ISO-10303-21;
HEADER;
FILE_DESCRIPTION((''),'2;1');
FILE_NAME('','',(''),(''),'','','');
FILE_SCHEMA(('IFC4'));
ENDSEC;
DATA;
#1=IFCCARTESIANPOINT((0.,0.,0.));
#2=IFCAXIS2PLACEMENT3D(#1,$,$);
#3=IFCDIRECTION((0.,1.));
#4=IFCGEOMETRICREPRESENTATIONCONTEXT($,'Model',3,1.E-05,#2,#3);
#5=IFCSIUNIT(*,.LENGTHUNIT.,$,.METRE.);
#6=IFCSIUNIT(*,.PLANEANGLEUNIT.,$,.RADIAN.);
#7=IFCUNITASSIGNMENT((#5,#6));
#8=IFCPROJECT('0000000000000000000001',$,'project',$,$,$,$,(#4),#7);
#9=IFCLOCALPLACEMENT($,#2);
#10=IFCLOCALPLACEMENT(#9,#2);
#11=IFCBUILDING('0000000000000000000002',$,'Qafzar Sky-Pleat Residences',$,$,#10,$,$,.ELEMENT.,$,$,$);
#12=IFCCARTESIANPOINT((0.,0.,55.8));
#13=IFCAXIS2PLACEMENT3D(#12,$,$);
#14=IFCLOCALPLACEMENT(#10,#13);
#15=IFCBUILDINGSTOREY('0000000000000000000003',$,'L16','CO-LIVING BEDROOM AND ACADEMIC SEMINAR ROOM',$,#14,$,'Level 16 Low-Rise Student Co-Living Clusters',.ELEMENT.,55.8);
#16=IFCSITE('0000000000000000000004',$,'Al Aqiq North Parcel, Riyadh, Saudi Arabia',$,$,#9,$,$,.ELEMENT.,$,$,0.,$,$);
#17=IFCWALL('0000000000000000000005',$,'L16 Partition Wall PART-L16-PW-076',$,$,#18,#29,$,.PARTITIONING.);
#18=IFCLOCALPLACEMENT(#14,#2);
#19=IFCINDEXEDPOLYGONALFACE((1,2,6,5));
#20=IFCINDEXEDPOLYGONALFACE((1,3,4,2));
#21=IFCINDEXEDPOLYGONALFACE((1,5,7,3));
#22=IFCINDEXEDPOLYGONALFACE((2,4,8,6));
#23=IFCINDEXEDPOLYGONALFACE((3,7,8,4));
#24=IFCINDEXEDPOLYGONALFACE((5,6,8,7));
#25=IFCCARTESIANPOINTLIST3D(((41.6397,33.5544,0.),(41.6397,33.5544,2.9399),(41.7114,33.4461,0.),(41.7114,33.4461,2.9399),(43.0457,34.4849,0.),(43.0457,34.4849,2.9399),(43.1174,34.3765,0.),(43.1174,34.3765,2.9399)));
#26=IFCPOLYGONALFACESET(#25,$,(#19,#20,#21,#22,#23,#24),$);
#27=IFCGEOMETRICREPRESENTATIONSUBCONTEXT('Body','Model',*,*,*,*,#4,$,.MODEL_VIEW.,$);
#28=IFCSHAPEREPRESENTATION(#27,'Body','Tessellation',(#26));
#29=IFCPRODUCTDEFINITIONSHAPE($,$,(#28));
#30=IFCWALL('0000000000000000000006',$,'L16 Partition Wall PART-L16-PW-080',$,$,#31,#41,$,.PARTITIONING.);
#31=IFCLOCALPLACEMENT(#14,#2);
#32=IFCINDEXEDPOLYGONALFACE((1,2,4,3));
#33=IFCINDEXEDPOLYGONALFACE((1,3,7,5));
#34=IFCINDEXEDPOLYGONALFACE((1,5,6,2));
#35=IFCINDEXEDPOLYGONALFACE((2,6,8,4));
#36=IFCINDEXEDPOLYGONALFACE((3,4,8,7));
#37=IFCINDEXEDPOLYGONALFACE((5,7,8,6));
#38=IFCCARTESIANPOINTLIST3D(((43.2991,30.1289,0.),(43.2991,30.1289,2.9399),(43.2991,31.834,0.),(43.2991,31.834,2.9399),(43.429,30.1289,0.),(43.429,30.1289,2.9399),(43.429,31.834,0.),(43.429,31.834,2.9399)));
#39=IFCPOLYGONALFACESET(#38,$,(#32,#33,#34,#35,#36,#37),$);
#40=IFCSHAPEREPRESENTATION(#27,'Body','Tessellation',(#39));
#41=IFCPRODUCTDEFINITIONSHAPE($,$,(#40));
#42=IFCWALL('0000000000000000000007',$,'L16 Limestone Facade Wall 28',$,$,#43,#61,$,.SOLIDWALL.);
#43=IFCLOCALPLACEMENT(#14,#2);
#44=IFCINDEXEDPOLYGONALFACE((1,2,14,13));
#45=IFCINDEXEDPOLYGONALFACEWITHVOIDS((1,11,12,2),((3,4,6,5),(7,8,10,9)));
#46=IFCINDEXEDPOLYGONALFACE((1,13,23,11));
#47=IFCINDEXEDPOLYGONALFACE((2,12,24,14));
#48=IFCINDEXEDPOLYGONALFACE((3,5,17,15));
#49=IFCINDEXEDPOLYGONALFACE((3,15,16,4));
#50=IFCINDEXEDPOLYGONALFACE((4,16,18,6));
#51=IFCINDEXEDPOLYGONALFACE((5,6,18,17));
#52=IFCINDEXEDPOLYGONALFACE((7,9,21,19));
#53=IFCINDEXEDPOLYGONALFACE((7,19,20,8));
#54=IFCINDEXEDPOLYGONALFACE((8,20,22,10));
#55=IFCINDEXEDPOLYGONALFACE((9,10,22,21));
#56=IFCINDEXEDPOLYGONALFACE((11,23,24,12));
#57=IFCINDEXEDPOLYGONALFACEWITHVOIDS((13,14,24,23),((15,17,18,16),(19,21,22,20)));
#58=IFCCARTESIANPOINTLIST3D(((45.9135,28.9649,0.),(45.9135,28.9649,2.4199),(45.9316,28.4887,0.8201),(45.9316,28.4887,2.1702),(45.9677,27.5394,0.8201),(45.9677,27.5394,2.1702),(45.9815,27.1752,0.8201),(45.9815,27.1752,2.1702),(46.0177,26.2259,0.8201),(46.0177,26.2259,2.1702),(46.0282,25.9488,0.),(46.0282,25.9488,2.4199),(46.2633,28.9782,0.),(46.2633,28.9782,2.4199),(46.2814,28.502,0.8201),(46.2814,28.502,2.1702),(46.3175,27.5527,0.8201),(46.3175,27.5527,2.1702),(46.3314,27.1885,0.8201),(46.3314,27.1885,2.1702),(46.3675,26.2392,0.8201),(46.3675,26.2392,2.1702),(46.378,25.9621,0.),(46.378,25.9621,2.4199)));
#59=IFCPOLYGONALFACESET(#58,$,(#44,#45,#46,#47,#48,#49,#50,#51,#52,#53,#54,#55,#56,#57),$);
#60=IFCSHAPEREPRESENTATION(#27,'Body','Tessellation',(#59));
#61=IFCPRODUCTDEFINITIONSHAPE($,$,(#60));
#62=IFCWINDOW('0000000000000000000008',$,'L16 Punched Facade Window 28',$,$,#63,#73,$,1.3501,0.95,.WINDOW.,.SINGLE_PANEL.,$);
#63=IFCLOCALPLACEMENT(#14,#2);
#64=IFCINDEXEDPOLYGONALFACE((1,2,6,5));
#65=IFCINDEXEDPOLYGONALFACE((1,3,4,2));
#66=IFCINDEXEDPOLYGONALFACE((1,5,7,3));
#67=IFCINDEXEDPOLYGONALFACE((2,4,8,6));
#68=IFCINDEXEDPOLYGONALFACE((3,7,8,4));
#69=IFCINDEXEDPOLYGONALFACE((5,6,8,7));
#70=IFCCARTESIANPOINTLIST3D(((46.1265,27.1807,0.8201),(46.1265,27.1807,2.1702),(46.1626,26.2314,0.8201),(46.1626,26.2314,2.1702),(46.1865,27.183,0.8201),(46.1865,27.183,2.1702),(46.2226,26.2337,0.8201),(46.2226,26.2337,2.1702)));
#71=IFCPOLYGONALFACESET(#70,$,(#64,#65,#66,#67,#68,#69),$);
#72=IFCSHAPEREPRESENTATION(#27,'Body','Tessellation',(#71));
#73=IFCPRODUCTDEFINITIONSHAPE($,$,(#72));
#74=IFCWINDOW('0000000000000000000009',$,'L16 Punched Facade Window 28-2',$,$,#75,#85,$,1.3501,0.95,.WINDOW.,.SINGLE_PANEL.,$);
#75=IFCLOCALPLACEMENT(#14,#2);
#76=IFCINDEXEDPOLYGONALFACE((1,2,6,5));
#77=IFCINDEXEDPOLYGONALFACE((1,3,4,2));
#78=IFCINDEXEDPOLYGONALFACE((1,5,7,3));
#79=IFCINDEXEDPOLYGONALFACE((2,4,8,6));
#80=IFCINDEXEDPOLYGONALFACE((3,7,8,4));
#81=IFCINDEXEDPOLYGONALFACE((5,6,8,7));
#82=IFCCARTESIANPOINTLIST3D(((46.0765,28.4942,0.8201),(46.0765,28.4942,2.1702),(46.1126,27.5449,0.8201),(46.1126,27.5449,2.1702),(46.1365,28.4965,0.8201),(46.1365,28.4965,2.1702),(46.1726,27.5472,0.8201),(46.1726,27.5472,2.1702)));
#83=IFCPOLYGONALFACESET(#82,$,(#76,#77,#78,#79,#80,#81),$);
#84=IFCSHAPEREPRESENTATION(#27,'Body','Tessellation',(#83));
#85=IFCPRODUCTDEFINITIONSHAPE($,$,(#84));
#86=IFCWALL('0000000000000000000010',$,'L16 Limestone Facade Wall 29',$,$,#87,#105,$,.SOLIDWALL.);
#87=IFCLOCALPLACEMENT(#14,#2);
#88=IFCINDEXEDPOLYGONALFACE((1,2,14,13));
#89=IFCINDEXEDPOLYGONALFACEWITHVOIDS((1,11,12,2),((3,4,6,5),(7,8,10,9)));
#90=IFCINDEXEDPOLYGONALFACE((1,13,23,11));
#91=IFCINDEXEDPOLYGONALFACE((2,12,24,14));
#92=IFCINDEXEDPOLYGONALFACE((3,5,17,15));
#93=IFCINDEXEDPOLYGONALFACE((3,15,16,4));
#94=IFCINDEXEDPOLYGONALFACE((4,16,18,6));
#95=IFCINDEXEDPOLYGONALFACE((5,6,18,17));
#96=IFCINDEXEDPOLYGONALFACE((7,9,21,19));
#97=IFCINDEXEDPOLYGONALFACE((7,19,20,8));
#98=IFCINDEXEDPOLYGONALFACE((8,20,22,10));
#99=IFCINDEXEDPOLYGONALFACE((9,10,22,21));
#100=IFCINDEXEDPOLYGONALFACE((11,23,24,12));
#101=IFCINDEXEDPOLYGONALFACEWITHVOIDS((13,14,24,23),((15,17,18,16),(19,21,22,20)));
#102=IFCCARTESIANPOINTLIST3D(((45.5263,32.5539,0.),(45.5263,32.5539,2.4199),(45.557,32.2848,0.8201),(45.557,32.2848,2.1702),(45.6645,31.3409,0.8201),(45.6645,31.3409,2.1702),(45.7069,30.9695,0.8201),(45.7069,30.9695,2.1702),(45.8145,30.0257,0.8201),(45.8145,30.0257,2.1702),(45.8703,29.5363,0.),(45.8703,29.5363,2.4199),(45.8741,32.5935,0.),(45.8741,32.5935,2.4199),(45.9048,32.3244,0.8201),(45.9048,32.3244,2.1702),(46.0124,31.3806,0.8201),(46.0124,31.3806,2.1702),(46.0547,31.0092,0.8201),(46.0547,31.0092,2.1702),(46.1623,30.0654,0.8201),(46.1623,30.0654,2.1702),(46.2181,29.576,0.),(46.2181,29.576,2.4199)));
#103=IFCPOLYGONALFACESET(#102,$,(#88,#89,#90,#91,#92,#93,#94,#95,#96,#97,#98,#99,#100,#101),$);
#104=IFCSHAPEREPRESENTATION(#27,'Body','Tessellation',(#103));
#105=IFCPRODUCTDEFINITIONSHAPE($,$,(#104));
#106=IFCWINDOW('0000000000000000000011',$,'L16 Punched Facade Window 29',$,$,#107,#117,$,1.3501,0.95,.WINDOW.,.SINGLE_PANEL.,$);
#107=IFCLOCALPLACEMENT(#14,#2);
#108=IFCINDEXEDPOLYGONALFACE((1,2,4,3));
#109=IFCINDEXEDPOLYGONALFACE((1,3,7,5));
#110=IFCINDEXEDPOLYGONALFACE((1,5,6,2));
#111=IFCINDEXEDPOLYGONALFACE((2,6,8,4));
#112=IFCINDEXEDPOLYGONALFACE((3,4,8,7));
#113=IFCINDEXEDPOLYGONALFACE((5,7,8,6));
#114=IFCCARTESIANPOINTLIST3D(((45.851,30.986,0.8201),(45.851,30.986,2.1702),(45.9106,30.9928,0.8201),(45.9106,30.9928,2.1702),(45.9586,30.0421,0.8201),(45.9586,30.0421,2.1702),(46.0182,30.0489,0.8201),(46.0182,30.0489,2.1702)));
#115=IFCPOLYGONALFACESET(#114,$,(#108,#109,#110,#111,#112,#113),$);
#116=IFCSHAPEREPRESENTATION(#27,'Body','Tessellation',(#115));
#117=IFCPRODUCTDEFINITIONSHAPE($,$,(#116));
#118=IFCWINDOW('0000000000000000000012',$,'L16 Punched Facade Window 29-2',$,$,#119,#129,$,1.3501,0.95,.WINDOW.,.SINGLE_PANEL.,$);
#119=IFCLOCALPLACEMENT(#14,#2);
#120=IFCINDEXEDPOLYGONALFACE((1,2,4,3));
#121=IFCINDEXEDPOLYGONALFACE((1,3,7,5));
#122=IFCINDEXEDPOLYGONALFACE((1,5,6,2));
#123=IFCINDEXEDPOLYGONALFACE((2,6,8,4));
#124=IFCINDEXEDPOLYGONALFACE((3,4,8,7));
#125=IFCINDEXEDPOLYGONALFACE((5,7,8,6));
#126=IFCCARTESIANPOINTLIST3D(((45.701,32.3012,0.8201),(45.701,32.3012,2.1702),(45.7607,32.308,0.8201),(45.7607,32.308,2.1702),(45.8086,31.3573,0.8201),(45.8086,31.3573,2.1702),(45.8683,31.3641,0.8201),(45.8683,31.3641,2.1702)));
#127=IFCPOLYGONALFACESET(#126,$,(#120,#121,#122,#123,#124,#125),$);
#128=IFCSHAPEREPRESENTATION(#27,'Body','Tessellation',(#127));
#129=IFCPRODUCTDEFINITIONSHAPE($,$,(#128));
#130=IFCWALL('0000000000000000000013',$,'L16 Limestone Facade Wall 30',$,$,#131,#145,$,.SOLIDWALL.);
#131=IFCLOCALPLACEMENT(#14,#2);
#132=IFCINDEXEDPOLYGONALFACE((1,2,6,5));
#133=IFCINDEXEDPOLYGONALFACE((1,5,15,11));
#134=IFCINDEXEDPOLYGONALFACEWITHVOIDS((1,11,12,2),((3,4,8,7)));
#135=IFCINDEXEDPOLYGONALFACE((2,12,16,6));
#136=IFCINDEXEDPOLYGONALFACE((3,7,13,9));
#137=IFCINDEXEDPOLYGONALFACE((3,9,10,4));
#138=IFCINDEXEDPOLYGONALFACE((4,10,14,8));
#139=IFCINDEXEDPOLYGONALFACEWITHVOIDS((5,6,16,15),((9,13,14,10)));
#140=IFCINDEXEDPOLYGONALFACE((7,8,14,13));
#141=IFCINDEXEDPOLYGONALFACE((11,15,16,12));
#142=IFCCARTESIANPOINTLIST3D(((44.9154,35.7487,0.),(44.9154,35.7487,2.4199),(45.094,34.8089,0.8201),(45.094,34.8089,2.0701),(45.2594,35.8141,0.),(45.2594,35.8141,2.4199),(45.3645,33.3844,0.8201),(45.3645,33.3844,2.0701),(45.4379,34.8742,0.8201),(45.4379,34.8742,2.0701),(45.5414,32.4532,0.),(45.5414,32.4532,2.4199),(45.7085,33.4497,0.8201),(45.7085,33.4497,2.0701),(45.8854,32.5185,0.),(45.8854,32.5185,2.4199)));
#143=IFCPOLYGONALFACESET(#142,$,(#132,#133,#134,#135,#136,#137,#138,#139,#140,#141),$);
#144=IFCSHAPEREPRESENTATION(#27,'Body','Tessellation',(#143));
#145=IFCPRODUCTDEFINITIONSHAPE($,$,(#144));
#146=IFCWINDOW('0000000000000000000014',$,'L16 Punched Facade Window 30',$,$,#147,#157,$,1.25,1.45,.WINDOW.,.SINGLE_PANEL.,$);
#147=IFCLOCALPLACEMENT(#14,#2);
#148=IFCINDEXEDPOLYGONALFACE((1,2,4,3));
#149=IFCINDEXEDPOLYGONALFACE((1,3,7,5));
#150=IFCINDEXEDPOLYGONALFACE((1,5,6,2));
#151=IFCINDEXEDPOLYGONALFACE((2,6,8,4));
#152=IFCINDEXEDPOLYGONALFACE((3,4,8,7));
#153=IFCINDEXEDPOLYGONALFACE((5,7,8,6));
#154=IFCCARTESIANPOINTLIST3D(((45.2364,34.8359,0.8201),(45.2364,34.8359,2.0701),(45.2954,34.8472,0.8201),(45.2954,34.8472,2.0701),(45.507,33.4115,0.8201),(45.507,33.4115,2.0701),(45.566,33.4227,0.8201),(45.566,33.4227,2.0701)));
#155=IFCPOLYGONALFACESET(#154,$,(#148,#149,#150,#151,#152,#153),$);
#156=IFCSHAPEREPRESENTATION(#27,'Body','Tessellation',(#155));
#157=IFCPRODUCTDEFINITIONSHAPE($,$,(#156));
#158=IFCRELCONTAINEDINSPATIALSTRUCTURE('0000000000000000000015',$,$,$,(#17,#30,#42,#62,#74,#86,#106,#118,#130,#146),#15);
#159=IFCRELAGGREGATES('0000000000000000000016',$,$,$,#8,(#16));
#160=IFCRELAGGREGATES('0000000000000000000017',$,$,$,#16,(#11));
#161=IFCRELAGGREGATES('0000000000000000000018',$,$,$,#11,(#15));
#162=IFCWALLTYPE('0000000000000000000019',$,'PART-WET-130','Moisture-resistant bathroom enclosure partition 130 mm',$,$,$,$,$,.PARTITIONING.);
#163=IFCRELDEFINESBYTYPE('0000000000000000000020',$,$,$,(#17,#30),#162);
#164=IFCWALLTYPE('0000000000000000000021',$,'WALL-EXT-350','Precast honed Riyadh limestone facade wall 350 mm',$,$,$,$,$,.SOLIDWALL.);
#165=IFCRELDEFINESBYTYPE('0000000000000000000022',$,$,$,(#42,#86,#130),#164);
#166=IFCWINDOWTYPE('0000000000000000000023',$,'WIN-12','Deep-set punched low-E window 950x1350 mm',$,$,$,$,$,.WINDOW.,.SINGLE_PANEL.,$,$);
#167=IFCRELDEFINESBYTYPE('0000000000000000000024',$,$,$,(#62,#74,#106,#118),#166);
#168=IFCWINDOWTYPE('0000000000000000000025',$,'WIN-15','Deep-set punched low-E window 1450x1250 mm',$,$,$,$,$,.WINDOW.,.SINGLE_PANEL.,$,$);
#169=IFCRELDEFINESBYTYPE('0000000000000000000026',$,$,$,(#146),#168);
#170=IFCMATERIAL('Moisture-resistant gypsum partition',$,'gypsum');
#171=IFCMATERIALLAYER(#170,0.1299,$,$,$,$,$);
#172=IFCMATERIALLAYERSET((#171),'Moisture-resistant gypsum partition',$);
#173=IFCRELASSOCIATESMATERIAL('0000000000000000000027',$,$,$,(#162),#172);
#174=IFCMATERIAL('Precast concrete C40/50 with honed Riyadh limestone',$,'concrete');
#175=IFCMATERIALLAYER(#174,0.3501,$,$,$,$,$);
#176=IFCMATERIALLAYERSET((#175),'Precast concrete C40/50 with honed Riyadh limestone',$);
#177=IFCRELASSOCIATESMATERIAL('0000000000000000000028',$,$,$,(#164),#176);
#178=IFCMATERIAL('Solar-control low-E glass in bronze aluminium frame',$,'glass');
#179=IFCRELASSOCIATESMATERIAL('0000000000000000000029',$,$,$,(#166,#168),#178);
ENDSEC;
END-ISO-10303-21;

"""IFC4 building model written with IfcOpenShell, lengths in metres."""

from ifc_helpers import new_model, si_unit, direction, frame, frame_2d, origin, place, context, subcontext, project, spatial, rectangle, extrude, source, transform, mapped, material, layer, layer_set, type_object, element, fill, save


model = new_model("IFC4")

# Units and contexts
model_context = context("Model", 3, precision=1e-05, world=origin(), true_north=direction((0.0, 1.0)))
body_context = subcontext(model_context, "Body", "Model", "MODEL_VIEW")
ifc_project = project(units=[si_unit("LENGTHUNIT", "METRE"), si_unit("PLANEANGLEUNIT", "RADIAN")], contexts=[model_context])

# Site, building, storey
site_placement = place(None, origin())
site = spatial("IfcSite", under=ifc_project, at=site_placement, Name="Al Aqiq North Parcel, Riyadh, Saudi Arabia", CompositionType="ELEMENT", RefElevation=0.0)
building_placement = place(site_placement, origin())
building = spatial("IfcBuilding", under=site, at=building_placement, Name="Qafzar Sky-Pleat Residences", CompositionType="ELEMENT")
storey_placement = place(building_placement, frame((0.0, 0.0, 55.8)))
storey = spatial("IfcBuildingStorey", under=building, at=storey_placement, Name="L16", Description="CO-LIVING BEDROOM AND ACADEMIC SEMINAR ROOM", LongName="Level 16 Low-Rise Student Co-Living Clusters", CompositionType="ELEMENT", Elevation=55.8)

# Shared definitions
ifc_material_1 = material(Name="Moisture-resistant gypsum partition", Category="gypsum")
ifc_layer_1 = layer(ifc_material_1, 0.1299)
ifc_layer_set_1 = layer_set([ifc_layer_1], Name="Moisture-resistant gypsum partition")
wall_type_1 = type_object("IfcWallType", Name="PART-WET-130", Description="Moisture-resistant bathroom enclosure partition 130 mm", PredefinedType="PARTITIONING", material=ifc_layer_set_1)

# Walls
wall_1_placement = place(storey_placement, frame((41.6755, 33.5002, 0.0), z_axis=(0.0, 0.0, 1.0), x_axis=(0.833939, 0.551857, 0.0)))
element("IfcWall", 1, at=wall_1_placement, inside=storey, type_object=wall_type_1, Name="L16 Partition Wall PART-L16-PW-076", PredefinedType="PARTITIONING", context=body_context, shape_type="SweptSolid", body=[
    extrude(rectangle(XDim=1.686, YDim=0.1299, at=frame_2d((0.843, 0.0))), origin(), (0.0, 0.0, 1.0), 2.9399),
])
wall_2_placement = place(storey_placement, frame((43.364, 30.1289, 0.0), z_axis=(0.0, 0.0, 1.0), x_axis=(0.0, 1.0, 0.0)))
element("IfcWall", 2, at=wall_2_placement, inside=storey, type_object=wall_type_1, Name="L16 Partition Wall PART-L16-PW-080", PredefinedType="PARTITIONING", context=body_context, shape_type="SweptSolid", body=[
    extrude(rectangle(XDim=1.7051, YDim=0.1299, at=frame_2d((0.8525, 0.0))), origin(), (0.0, 0.0, 1.0), 2.9399),
])

# Walls, openings, windows
ifc_material_2 = material(Name="Precast concrete C40/50 with honed Riyadh limestone", Category="concrete")
ifc_layer_2 = layer(ifc_material_2, 0.3501)
ifc_layer_set_2 = layer_set([ifc_layer_2], Name="Precast concrete C40/50 with honed Riyadh limestone")
wall_type_2 = type_object("IfcWallType", Name="WALL-EXT-350", Description="Precast honed Riyadh limestone facade wall 350 mm", PredefinedType="SOLIDWALL", material=ifc_layer_set_2)
wall_3_placement = place(storey_placement, frame((46.2031, 25.9553, 0.0), z_axis=(0.0, 0.0, 1.0), x_axis=(-0.038017, 0.999277, 0.0)))
wall_3 = element("IfcWall", 3, at=wall_3_placement, inside=storey, type_object=wall_type_2, Name="L16 Limestone Facade Wall 28", PredefinedType="SOLIDWALL", context=body_context, shape_type="SweptSolid", body=[
    extrude(rectangle(XDim=3.0183, YDim=0.3501, at=frame_2d((1.5093, 0.0))), origin(), (0.0, 0.0, 1.0), 2.4199),
])
opening_1_placement = place(wall_3_placement, frame((0.2773, 0.0, 0.8201)))
opening_1 = element("IfcOpeningElement", 4, at=opening_1_placement, cuts=wall_3, PredefinedType="OPENING", context=body_context, shape_type="SweptSolid", body=[
    extrude(rectangle(XDim=0.95, YDim=1.3501, at=frame_2d((0.4751, 0.675))), frame((0.0, 0.1851, 0.0), z_axis=(0.0, -1.0, 0.0), x_axis=(1.0, 0.0, 0.0)), (0.0, 0.0, 1.0), 0.3701),
])
opening_2_placement = place(wall_3_placement, frame((1.5918, 0.0, 0.8201)))
opening_2 = element("IfcOpeningElement", 5, at=opening_2_placement, cuts=wall_3, PredefinedType="OPENING", context=body_context, shape_type="SweptSolid", body=[
    extrude(rectangle(XDim=0.95, YDim=1.3501, at=frame_2d((0.4751, 0.675))), frame((0.0, 0.1851, 0.0), z_axis=(0.0, -1.0, 0.0), x_axis=(1.0, 0.0, 0.0)), (0.0, 0.0, 1.0), 0.3701),
])
ifc_material_3 = material(Name="Solar-control low-E glass in bronze aluminium frame", Category="glass")
window_type_1 = type_object("IfcWindowType", Name="WIN-12", Description="Deep-set punched low-E window 950x1350 mm", PartitioningType="SINGLE_PANEL", PredefinedType="WINDOW", material=ifc_material_3)
shared_shape_1 = source(origin(), body_context, "Body", "SweptSolid", [
    extrude(rectangle(XDim=0.95, YDim=1.3501, at=frame_2d((0.4751, 0.675))), frame((0.0, 0.03, 0.0), z_axis=(0.0, -1.0, 0.0), x_axis=(1.0, 0.0, 0.0)), (0.0, 0.0, 1.0), 0.0601),
])
window_1_placement = place(opening_1_placement, origin())
window_1 = element("IfcWindow", 6, at=window_1_placement, inside=storey, type_object=window_type_1, Name="L16 Punched Facade Window 28", OverallHeight=1.3501, OverallWidth=0.95, PartitioningType="SINGLE_PANEL", PredefinedType="WINDOW", context=body_context, shape_type="MappedRepresentation", body=[
    mapped(shared_shape_1, transform((0.0, 0.0, 0.0), x_axis=(1.0, 0.0, 0.0), y_axis=(0.0, 1.0, 0.0), z_axis=(0.0, 0.0, 1.0), scale=1.0)),
])
fill(opening_1, window_1)
window_2_placement = place(opening_2_placement, origin())
window_2 = element("IfcWindow", 7, at=window_2_placement, inside=storey, type_object=window_type_1, Name="L16 Punched Facade Window 28-2", OverallHeight=1.3501, OverallWidth=0.95, PartitioningType="SINGLE_PANEL", PredefinedType="WINDOW", context=body_context, shape_type="MappedRepresentation", body=[
    mapped(shared_shape_1, transform((0.0, 0.0, 0.0), x_axis=(1.0, 0.0, 0.0), y_axis=(0.0, 1.0, 0.0), z_axis=(0.0, 0.0, 1.0), scale=1.0)),
])
fill(opening_2, window_2)
wall_4_placement = place(storey_placement, frame((46.0442, 29.5562, 0.0), z_axis=(0.0, 0.0, 1.0), x_axis=(-0.113263, 0.993565, 0.0)))
wall_4 = element("IfcWall", 8, at=wall_4_placement, inside=storey, type_object=wall_type_2, Name="L16 Limestone Facade Wall 29", PredefinedType="SOLIDWALL", context=body_context, shape_type="SweptSolid", body=[
    extrude(rectangle(XDim=3.0371, YDim=0.3501, at=frame_2d((1.5186, 0.0))), origin(), (0.0, 0.0, 1.0), 2.4199),
])
opening_3_placement = place(wall_4_placement, frame((0.4924, 0.0, 0.8201)))
opening_3 = element("IfcOpeningElement", 9, at=opening_3_placement, cuts=wall_4, PredefinedType="OPENING", context=body_context, shape_type="SweptSolid", body=[
    extrude(rectangle(XDim=0.95, YDim=1.3501, at=frame_2d((0.4751, 0.675))), frame((0.0, 0.1851, 0.0), z_axis=(0.0, -1.0, 0.0), x_axis=(1.0, 0.0, 0.0)), (0.0, 0.0, 1.0), 0.3701),
])
opening_4_placement = place(wall_4_placement, frame((1.8162, 0.0, 0.8201)))
opening_4 = element("IfcOpeningElement", 10, at=opening_4_placement, cuts=wall_4, PredefinedType="OPENING", context=body_context, shape_type="SweptSolid", body=[
    extrude(rectangle(XDim=0.95, YDim=1.3501, at=frame_2d((0.4751, 0.675))), frame((0.0, 0.1851, 0.0), z_axis=(0.0, -1.0, 0.0), x_axis=(1.0, 0.0, 0.0)), (0.0, 0.0, 1.0), 0.3701),
])
window_3_placement = place(opening_3_placement, origin())
window_3 = element("IfcWindow", 11, at=window_3_placement, inside=storey, type_object=window_type_1, Name="L16 Punched Facade Window 29", OverallHeight=1.3501, OverallWidth=0.95, PartitioningType="SINGLE_PANEL", PredefinedType="WINDOW", context=body_context, shape_type="MappedRepresentation", body=[
    mapped(shared_shape_1, transform((0.0, 0.0, 0.0), x_axis=(1.0, 0.0, 0.0), y_axis=(0.0, 1.0, 0.0), z_axis=(0.0, 0.0, 1.0), scale=1.0)),
])
fill(opening_3, window_3)
window_4_placement = place(opening_4_placement, origin())
window_4 = element("IfcWindow", 12, at=window_4_placement, inside=storey, type_object=window_type_1, Name="L16 Punched Facade Window 29-2", OverallHeight=1.3501, OverallWidth=0.95, PartitioningType="SINGLE_PANEL", PredefinedType="WINDOW", context=body_context, shape_type="MappedRepresentation", body=[
    mapped(shared_shape_1, transform((0.0, 0.0, 0.0), x_axis=(1.0, 0.0, 0.0), y_axis=(0.0, 1.0, 0.0), z_axis=(0.0, 0.0, 1.0), scale=1.0)),
])
fill(opening_4, window_4)

# Wall, opening, window
wall_5_placement = place(storey_placement, frame((45.7134, 32.4858, 0.0), z_axis=(0.0, 0.0, 1.0), x_axis=(-0.186604, 0.982435, 0.0)))
wall_5 = element("IfcWall", 13, at=wall_5_placement, inside=storey, type_object=wall_type_2, Name="L16 Limestone Facade Wall 30", PredefinedType="SOLIDWALL", context=body_context, shape_type="SweptSolid", body=[
    extrude(rectangle(XDim=3.3545, YDim=0.3501, at=frame_2d((1.6772, 0.0))), origin(), (0.0, 0.0, 1.0), 2.4199),
])
opening_5_placement = place(wall_5_placement, frame((0.9478, 0.0, 0.8201)))
opening_5 = element("IfcOpeningElement", 14, at=opening_5_placement, cuts=wall_5, PredefinedType="OPENING", context=body_context, shape_type="SweptSolid", body=[
    extrude(rectangle(XDim=1.45, YDim=1.25, at=frame_2d((0.7251, 0.625))), frame((0.0, 0.1851, 0.0), z_axis=(0.0, -1.0, 0.0), x_axis=(1.0, 0.0, 0.0)), (0.0, 0.0, 1.0), 0.3701),
])
window_type_2 = type_object("IfcWindowType", Name="WIN-15", Description="Deep-set punched low-E window 1450x1250 mm", PartitioningType="SINGLE_PANEL", PredefinedType="WINDOW", material=ifc_material_3)
shared_shape_2 = source(origin(), body_context, "Body", "SweptSolid", [
    extrude(rectangle(XDim=1.45, YDim=1.25, at=frame_2d((0.7251, 0.625))), frame((0.0, 0.03, 0.0), z_axis=(0.0, -1.0, 0.0), x_axis=(1.0, 0.0, 0.0)), (0.0, 0.0, 1.0), 0.0601),
])
window_5_placement = place(opening_5_placement, origin())
window_5 = element("IfcWindow", 15, at=window_5_placement, inside=storey, type_object=window_type_2, Name="L16 Punched Facade Window 30", OverallHeight=1.25, OverallWidth=1.45, PartitioningType="SINGLE_PANEL", PredefinedType="WINDOW", context=body_context, shape_type="MappedRepresentation", body=[
    mapped(shared_shape_2, transform((0.0, 0.0, 0.0), x_axis=(1.0, 0.0, 0.0), y_axis=(0.0, 1.0, 0.0), z_axis=(0.0, 0.0, 1.0), scale=1.0)),
])
fill(opening_5, window_5)

save(model, "model.ifc")
